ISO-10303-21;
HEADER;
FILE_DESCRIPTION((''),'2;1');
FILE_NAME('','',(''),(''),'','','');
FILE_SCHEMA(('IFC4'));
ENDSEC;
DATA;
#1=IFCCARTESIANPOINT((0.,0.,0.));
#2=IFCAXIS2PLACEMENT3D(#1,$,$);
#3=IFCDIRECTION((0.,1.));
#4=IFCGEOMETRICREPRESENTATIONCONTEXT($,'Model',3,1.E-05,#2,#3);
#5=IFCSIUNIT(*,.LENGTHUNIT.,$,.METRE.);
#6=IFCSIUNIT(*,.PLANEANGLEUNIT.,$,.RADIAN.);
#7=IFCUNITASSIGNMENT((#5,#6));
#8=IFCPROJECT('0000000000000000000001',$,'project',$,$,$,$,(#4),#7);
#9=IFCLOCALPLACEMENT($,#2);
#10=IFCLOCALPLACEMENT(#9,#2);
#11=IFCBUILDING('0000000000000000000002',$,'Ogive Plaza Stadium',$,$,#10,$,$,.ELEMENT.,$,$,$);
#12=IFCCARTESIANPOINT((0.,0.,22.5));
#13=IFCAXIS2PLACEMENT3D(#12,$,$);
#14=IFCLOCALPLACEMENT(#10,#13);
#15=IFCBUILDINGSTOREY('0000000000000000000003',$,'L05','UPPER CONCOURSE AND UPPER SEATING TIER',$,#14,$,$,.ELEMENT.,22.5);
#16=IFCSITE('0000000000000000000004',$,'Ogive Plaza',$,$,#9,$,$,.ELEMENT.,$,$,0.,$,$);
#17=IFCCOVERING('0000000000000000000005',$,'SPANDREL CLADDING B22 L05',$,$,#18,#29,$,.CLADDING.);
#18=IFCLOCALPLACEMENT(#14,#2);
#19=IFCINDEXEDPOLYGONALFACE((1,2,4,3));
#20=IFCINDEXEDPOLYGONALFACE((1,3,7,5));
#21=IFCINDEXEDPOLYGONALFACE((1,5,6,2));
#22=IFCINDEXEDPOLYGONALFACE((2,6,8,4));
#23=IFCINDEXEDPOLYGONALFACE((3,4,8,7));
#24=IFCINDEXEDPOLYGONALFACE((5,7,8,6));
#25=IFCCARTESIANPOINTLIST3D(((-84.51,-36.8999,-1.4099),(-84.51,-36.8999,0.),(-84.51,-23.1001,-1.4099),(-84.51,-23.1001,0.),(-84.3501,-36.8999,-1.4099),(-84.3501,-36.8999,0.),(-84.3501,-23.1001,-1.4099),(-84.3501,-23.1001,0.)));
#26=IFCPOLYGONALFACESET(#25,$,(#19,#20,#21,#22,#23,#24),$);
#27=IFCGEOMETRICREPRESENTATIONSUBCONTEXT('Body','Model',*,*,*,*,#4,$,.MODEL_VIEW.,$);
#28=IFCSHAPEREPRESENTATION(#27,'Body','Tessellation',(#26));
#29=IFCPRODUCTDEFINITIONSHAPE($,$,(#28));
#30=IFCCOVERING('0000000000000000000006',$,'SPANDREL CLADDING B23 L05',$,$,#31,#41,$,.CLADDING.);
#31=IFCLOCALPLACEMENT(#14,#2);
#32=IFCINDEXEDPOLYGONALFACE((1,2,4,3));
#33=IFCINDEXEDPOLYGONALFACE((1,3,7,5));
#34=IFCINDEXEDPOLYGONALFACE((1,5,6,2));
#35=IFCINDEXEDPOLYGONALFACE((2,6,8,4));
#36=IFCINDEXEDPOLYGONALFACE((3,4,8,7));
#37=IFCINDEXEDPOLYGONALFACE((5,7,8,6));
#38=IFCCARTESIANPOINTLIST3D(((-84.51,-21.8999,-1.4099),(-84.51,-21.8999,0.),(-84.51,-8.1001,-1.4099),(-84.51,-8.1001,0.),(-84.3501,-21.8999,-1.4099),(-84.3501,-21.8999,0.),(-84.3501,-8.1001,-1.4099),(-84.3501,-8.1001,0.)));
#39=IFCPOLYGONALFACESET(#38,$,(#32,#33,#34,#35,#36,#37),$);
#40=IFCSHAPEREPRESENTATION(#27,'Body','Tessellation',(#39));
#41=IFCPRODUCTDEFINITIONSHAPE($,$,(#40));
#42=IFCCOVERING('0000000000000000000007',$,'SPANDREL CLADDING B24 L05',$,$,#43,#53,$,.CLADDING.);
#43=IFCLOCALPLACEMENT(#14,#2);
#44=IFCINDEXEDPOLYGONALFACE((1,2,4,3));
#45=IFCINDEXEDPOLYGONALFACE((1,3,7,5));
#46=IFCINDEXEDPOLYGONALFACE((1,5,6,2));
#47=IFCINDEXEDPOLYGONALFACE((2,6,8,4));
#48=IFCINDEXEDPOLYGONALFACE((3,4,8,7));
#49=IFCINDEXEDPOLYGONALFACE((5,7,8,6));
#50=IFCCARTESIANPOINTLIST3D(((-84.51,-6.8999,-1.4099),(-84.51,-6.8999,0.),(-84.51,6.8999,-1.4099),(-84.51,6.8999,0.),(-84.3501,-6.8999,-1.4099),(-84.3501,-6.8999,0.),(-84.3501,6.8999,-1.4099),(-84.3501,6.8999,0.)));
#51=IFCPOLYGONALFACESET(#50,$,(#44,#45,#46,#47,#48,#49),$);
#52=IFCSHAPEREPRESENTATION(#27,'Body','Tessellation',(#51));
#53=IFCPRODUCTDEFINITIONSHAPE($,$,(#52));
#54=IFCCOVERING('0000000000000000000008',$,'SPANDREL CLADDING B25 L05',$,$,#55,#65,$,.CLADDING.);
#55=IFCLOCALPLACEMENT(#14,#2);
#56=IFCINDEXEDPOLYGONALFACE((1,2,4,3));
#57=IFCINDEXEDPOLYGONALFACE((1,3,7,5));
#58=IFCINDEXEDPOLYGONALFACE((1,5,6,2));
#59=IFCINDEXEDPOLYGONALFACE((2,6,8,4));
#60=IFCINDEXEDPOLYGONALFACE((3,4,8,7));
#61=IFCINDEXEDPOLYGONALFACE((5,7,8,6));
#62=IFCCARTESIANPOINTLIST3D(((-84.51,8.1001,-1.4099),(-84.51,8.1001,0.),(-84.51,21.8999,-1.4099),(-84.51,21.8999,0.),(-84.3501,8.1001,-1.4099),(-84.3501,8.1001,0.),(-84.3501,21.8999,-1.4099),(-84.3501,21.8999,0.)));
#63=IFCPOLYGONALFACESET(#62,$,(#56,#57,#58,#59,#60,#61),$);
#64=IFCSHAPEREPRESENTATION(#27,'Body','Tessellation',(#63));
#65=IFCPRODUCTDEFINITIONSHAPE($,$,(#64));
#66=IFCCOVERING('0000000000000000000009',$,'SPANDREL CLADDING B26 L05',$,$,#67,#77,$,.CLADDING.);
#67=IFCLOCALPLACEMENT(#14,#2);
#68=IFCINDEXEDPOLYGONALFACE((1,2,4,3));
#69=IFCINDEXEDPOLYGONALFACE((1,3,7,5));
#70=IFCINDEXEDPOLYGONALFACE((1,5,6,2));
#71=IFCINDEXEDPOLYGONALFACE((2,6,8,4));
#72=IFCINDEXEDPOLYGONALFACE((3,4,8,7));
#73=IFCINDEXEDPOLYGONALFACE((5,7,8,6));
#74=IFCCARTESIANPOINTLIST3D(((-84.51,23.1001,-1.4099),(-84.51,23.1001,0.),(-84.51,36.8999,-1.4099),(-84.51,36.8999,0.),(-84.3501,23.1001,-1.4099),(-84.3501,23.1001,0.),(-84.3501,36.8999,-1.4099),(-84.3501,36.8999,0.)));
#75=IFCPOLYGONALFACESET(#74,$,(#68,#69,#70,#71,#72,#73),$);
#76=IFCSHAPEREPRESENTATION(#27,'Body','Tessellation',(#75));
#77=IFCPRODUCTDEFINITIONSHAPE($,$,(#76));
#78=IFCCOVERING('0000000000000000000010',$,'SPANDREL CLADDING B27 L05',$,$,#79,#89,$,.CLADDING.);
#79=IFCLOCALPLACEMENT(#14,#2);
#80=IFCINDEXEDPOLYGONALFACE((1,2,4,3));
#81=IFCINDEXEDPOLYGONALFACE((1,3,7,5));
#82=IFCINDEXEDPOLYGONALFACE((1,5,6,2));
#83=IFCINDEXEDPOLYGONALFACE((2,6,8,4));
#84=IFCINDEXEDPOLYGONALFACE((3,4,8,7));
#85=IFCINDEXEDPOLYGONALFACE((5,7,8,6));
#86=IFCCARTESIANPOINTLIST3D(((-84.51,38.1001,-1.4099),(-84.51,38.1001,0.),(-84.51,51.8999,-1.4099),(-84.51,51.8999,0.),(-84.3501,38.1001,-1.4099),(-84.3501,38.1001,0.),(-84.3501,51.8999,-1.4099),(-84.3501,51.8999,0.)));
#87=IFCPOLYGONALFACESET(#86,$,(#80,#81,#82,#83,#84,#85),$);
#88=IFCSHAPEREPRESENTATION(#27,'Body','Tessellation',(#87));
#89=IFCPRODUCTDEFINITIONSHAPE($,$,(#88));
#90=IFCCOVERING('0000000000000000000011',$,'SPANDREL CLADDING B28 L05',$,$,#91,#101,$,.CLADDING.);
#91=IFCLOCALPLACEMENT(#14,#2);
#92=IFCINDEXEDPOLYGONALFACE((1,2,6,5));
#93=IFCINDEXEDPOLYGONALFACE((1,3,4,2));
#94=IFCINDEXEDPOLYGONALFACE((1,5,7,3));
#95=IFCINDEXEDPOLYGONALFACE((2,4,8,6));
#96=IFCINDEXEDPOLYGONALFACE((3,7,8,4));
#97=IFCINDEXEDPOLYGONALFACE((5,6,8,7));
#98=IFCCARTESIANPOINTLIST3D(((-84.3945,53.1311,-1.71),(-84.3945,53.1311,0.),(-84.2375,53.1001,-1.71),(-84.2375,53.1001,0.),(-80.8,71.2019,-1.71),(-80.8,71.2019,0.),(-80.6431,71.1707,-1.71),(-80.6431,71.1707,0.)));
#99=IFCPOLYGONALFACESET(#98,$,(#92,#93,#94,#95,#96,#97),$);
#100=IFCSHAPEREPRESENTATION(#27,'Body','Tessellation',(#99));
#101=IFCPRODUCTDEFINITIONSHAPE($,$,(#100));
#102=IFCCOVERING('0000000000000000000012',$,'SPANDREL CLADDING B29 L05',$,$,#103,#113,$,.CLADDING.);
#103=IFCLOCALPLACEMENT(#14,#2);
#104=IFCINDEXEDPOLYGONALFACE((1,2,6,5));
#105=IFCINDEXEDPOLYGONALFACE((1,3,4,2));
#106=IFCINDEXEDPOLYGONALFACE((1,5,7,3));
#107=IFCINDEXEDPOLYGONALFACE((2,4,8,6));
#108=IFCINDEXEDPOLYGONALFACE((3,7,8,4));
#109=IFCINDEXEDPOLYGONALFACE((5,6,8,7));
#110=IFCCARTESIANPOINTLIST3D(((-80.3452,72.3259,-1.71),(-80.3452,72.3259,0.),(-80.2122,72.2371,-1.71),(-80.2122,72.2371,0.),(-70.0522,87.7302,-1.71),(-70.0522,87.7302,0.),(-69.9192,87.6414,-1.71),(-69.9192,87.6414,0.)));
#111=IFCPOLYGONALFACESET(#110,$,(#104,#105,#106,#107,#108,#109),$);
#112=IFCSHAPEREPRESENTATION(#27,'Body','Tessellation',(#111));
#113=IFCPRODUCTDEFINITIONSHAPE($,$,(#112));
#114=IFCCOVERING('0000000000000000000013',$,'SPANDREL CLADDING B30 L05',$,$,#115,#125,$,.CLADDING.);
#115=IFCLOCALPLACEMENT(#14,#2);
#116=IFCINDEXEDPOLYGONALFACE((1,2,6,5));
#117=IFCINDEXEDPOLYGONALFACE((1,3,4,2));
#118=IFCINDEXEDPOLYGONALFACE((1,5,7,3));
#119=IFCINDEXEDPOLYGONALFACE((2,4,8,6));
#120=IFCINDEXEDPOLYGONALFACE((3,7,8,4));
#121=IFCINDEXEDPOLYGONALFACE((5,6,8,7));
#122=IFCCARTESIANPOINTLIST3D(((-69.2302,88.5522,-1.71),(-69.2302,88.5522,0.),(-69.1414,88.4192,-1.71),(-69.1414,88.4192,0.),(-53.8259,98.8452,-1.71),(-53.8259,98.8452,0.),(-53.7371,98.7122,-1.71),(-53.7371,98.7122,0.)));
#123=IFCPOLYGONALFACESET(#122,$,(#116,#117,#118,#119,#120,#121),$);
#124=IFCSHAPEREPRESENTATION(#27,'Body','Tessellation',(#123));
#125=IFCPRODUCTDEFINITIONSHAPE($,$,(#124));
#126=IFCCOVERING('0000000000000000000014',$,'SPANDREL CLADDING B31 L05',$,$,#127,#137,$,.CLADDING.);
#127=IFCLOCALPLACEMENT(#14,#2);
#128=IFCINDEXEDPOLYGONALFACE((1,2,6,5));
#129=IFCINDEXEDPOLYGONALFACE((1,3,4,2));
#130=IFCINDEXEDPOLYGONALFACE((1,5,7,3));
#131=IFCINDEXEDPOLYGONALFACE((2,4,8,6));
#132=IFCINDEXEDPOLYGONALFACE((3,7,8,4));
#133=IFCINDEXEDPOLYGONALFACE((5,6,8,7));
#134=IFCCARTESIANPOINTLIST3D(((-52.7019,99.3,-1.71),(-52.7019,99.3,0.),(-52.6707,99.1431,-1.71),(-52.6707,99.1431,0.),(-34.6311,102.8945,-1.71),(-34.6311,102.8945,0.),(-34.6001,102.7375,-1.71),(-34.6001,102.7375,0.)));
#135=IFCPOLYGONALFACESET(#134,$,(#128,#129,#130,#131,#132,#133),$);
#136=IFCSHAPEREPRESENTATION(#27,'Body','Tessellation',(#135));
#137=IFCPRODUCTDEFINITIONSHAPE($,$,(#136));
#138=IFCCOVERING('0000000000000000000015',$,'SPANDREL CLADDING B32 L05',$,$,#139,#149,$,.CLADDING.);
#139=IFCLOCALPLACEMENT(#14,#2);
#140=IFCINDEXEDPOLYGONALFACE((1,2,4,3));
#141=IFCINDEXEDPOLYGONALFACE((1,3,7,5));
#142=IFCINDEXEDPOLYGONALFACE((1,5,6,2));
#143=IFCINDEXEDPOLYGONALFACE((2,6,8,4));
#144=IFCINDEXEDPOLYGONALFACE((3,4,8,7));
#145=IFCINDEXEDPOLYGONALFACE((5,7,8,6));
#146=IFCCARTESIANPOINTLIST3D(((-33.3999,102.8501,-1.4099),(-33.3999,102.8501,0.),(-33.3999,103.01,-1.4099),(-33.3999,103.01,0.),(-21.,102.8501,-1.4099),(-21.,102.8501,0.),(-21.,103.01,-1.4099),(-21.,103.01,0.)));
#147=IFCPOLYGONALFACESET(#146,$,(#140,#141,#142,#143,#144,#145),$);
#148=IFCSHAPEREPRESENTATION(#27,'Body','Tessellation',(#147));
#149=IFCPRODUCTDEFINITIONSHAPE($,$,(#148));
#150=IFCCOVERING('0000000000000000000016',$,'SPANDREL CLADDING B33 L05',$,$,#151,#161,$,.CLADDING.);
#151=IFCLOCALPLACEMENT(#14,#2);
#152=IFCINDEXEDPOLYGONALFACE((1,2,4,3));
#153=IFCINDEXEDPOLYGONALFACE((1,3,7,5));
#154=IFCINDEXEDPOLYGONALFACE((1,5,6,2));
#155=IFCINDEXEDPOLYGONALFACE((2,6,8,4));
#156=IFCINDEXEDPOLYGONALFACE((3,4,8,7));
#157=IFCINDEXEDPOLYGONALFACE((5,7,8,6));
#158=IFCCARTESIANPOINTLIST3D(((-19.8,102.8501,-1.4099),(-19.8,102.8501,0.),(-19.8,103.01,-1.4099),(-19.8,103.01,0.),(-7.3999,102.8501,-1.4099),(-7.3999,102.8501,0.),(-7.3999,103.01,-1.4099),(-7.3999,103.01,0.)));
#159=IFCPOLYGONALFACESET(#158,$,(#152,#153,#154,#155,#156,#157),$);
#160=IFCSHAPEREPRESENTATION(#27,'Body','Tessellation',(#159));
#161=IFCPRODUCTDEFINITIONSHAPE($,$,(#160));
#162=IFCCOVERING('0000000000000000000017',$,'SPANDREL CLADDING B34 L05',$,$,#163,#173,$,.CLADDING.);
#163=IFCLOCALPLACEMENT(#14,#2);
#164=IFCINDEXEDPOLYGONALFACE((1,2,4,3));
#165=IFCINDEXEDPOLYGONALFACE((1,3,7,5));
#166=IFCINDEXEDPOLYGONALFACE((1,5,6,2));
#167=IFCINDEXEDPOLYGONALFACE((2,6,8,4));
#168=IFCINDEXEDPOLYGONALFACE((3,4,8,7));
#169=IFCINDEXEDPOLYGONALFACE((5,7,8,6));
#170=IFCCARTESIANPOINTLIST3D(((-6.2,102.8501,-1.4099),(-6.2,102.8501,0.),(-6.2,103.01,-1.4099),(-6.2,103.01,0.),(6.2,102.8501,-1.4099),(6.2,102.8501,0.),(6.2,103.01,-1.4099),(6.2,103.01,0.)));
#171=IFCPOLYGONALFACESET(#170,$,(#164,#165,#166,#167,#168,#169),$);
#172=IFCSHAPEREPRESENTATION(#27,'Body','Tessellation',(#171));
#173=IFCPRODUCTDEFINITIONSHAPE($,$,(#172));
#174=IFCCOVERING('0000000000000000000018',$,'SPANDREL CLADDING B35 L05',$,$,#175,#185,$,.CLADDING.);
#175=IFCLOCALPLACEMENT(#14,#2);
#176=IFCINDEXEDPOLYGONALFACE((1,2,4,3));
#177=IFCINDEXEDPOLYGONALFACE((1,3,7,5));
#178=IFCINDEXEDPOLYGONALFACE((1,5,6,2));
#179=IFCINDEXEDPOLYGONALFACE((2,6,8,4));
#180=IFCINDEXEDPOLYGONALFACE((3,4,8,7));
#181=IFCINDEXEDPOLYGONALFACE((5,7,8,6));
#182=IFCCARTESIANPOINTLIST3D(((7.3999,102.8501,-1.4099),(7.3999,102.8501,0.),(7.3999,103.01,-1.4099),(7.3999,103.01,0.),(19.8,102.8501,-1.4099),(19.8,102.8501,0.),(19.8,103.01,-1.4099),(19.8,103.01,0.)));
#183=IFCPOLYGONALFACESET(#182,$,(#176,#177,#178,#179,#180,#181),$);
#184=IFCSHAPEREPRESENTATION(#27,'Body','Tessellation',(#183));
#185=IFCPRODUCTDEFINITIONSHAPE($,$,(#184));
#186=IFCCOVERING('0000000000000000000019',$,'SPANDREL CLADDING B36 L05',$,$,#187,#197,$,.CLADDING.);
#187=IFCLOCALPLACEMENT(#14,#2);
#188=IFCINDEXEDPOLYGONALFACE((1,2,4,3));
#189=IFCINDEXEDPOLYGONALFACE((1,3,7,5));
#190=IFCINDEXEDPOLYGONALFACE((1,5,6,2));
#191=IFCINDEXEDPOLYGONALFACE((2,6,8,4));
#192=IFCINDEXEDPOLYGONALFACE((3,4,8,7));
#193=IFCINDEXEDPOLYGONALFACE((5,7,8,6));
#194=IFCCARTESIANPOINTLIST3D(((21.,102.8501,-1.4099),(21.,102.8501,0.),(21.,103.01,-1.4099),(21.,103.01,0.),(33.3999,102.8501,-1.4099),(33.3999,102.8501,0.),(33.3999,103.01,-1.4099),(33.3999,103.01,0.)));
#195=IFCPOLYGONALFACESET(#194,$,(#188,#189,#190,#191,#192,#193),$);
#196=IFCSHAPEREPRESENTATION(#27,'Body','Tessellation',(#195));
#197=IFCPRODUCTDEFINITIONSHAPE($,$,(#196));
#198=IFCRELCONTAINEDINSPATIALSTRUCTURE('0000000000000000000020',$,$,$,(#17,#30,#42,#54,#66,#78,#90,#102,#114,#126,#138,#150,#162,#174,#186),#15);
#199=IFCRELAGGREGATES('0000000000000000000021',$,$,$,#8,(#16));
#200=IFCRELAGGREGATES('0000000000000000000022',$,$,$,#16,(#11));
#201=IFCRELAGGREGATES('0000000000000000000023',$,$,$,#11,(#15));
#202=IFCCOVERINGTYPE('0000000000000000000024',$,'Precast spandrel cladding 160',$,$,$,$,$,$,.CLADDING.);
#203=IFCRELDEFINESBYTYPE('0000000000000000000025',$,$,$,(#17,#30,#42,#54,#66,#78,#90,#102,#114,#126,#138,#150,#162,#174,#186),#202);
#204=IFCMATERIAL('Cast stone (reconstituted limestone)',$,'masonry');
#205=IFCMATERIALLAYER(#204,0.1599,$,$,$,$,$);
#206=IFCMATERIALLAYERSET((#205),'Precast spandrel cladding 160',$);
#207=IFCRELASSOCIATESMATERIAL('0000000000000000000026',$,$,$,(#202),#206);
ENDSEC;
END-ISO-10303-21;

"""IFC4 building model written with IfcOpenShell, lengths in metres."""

from ifc_helpers import new_model, si_unit, direction, frame, origin, place, context, subcontext, project, spatial, polyline, outline, extrude, material, layer, layer_set, type_object, element, save


model = new_model("IFC4")

# Units and contexts
model_context = context("Model", 3, precision=1e-05, world=origin(), true_north=direction((0.0, 1.0)))
body_context = subcontext(model_context, "Body", "Model", "MODEL_VIEW")
ifc_project = project(units=[si_unit("LENGTHUNIT", "METRE"), si_unit("PLANEANGLEUNIT", "RADIAN")], contexts=[model_context])

# Site, building, storey
site_placement = place(None, origin())
site = spatial("IfcSite", under=ifc_project, at=site_placement, Name="Ogive Plaza", CompositionType="ELEMENT", RefElevation=0.0)
building_placement = place(site_placement, origin())
building = spatial("IfcBuilding", under=site, at=building_placement, Name="Ogive Plaza Stadium", CompositionType="ELEMENT")
storey_placement = place(building_placement, frame((0.0, 0.0, 22.5)))
storey = spatial("IfcBuildingStorey", under=building, at=storey_placement, Name="L05", Description="UPPER CONCOURSE AND UPPER SEATING TIER", CompositionType="ELEMENT", Elevation=22.5)

# Coverings
ifc_material = material(Name="Cast stone (reconstituted limestone)", Category="masonry")
ifc_layer = layer(ifc_material, 0.1599)
ifc_layer_set = layer_set([ifc_layer], Name="Precast spandrel cladding 160")
covering_type = type_object("IfcCoveringType", Name="Precast spandrel cladding 160", PredefinedType="CLADDING", material=ifc_layer_set)
covering_1_placement = place(storey_placement, frame((0.0, 0.0, -1.4099)))
element("IfcCovering", 1, at=covering_1_placement, inside=storey, type_object=covering_type, Name="SPANDREL CLADDING B22 L05", PredefinedType="CLADDING", context=body_context, shape_type="SweptSolid", body=[
    extrude(outline(polyline([(-84.3501, -36.8999), (-84.3501, -23.1001), (-84.51, -23.1001), (-84.51, -36.8999), (-84.3501, -36.8999)])), origin(), (0.0, 0.0, 1.0), 1.4099),
])
covering_2_placement = place(storey_placement, frame((0.0, 0.0, -1.4099)))
element("IfcCovering", 2, at=covering_2_placement, inside=storey, type_object=covering_type, Name="SPANDREL CLADDING B23 L05", PredefinedType="CLADDING", context=body_context, shape_type="SweptSolid", body=[
    extrude(outline(polyline([(-84.3501, -21.8999), (-84.3501, -8.1001), (-84.51, -8.1001), (-84.51, -21.8999), (-84.3501, -21.8999)])), origin(), (0.0, 0.0, 1.0), 1.4099),
])
covering_3_placement = place(storey_placement, frame((0.0, 0.0, -1.4099)))
element("IfcCovering", 3, at=covering_3_placement, inside=storey, type_object=covering_type, Name="SPANDREL CLADDING B24 L05", PredefinedType="CLADDING", context=body_context, shape_type="SweptSolid", body=[
    extrude(outline(polyline([(-84.3501, -6.8999), (-84.3501, 6.8999), (-84.51, 6.8999), (-84.51, -6.8999), (-84.3501, -6.8999)])), origin(), (0.0, 0.0, 1.0), 1.4099),
])
covering_4_placement = place(storey_placement, frame((0.0, 0.0, -1.4099)))
element("IfcCovering", 4, at=covering_4_placement, inside=storey, type_object=covering_type, Name="SPANDREL CLADDING B25 L05", PredefinedType="CLADDING", context=body_context, shape_type="SweptSolid", body=[
    extrude(outline(polyline([(-84.3501, 8.1001), (-84.3501, 21.8999), (-84.51, 21.8999), (-84.51, 8.1001), (-84.3501, 8.1001)])), origin(), (0.0, 0.0, 1.0), 1.4099),
])
covering_5_placement = place(storey_placement, frame((0.0, 0.0, -1.4099)))
element("IfcCovering", 5, at=covering_5_placement, inside=storey, type_object=covering_type, Name="SPANDREL CLADDING B26 L05", PredefinedType="CLADDING", context=body_context, shape_type="SweptSolid", body=[
    extrude(outline(polyline([(-84.3501, 23.1001), (-84.3501, 36.8999), (-84.51, 36.8999), (-84.51, 23.1001), (-84.3501, 23.1001)])), origin(), (0.0, 0.0, 1.0), 1.4099),
])
covering_6_placement = place(storey_placement, frame((0.0, 0.0, -1.4099)))
element("IfcCovering", 6, at=covering_6_placement, inside=storey, type_object=covering_type, Name="SPANDREL CLADDING B27 L05", PredefinedType="CLADDING", context=body_context, shape_type="SweptSolid", body=[
    extrude(outline(polyline([(-84.3501, 38.1001), (-84.3501, 51.8999), (-84.51, 51.8999), (-84.51, 38.1001), (-84.3501, 38.1001)])), origin(), (0.0, 0.0, 1.0), 1.4099),
])
covering_7_placement = place(storey_placement, frame((0.0, 0.0, -1.71)))
element("IfcCovering", 7, at=covering_7_placement, inside=storey, type_object=covering_type, Name="SPANDREL CLADDING B28 L05", PredefinedType="CLADDING", context=body_context, shape_type="SweptSolid", body=[
    extrude(outline(polyline([(-84.2375, 53.1001), (-80.6431, 71.1707), (-80.8, 71.2019), (-84.3945, 53.1311), (-84.2375, 53.1001)])), origin(), (0.0, 0.0, 1.0), 1.71),
])
covering_8_placement = place(storey_placement, frame((0.0, 0.0, -1.71)))
element("IfcCovering", 8, at=covering_8_placement, inside=storey, type_object=covering_type, Name="SPANDREL CLADDING B29 L05", PredefinedType="CLADDING", context=body_context, shape_type="SweptSolid", body=[
    extrude(outline(polyline([(-80.2122, 72.2371), (-69.9192, 87.6414), (-70.0522, 87.7302), (-80.3452, 72.3259), (-80.2122, 72.2371)])), origin(), (0.0, 0.0, 1.0), 1.71),
])
covering_9_placement = place(storey_placement, frame((0.0, 0.0, -1.71)))
element("IfcCovering", 9, at=covering_9_placement, inside=storey, type_object=covering_type, Name="SPANDREL CLADDING B30 L05", PredefinedType="CLADDING", context=body_context, shape_type="SweptSolid", body=[
    extrude(outline(polyline([(-69.1414, 88.4192), (-53.7371, 98.7122), (-53.8259, 98.8452), (-69.2302, 88.5522), (-69.1414, 88.4192)])), origin(), (0.0, 0.0, 1.0), 1.71),
])
covering_10_placement = place(storey_placement, frame((0.0, 0.0, -1.71)))
element("IfcCovering", 10, at=covering_10_placement, inside=storey, type_object=covering_type, Name="SPANDREL CLADDING B31 L05", PredefinedType="CLADDING", context=body_context, shape_type="SweptSolid", body=[
    extrude(outline(polyline([(-52.6707, 99.1431), (-34.6001, 102.7375), (-34.6311, 102.8945), (-52.7019, 99.3), (-52.6707, 99.1431)])), origin(), (0.0, 0.0, 1.0), 1.71),
])
covering_11_placement = place(storey_placement, frame((0.0, 0.0, -1.4099)))
element("IfcCovering", 11, at=covering_11_placement, inside=storey, type_object=covering_type, Name="SPANDREL CLADDING B32 L05", PredefinedType="CLADDING", context=body_context, shape_type="SweptSolid", body=[
    extrude(outline(polyline([(-33.3999, 102.8501), (-21.0, 102.8501), (-21.0, 103.01), (-33.3999, 103.01), (-33.3999, 102.8501)])), origin(), (0.0, 0.0, 1.0), 1.4099),
])
covering_12_placement = place(storey_placement, frame((0.0, 0.0, -1.4099)))
element("IfcCovering", 12, at=covering_12_placement, inside=storey, type_object=covering_type, Name="SPANDREL CLADDING B33 L05", PredefinedType="CLADDING", context=body_context, shape_type="SweptSolid", body=[
    extrude(outline(polyline([(-19.8, 102.8501), (-7.3999, 102.8501), (-7.3999, 103.01), (-19.8, 103.01), (-19.8, 102.8501)])), origin(), (0.0, 0.0, 1.0), 1.4099),
])
covering_13_placement = place(storey_placement, frame((0.0, 0.0, -1.4099)))
element("IfcCovering", 13, at=covering_13_placement, inside=storey, type_object=covering_type, Name="SPANDREL CLADDING B34 L05", PredefinedType="CLADDING", context=body_context, shape_type="SweptSolid", body=[
    extrude(outline(polyline([(-6.2, 102.8501), (6.2, 102.8501), (6.2, 103.01), (-6.2, 103.01), (-6.2, 102.8501)])), origin(), (0.0, 0.0, 1.0), 1.4099),
])
covering_14_placement = place(storey_placement, frame((0.0, 0.0, -1.4099)))
element("IfcCovering", 14, at=covering_14_placement, inside=storey, type_object=covering_type, Name="SPANDREL CLADDING B35 L05", PredefinedType="CLADDING", context=body_context, shape_type="SweptSolid", body=[
    extrude(outline(polyline([(7.3999, 102.8501), (19.8, 102.8501), (19.8, 103.01), (7.3999, 103.01), (7.3999, 102.8501)])), origin(), (0.0, 0.0, 1.0), 1.4099),
])
covering_15_placement = place(storey_placement, frame((0.0, 0.0, -1.4099)))
element("IfcCovering", 15, at=covering_15_placement, inside=storey, type_object=covering_type, Name="SPANDREL CLADDING B36 L05", PredefinedType="CLADDING", context=body_context, shape_type="SweptSolid", body=[
    extrude(outline(polyline([(21.0, 102.8501), (33.3999, 102.8501), (33.3999, 103.01), (21.0, 103.01), (21.0, 102.8501)])), origin(), (0.0, 0.0, 1.0), 1.4099),
])

save(model, "model.ifc")
